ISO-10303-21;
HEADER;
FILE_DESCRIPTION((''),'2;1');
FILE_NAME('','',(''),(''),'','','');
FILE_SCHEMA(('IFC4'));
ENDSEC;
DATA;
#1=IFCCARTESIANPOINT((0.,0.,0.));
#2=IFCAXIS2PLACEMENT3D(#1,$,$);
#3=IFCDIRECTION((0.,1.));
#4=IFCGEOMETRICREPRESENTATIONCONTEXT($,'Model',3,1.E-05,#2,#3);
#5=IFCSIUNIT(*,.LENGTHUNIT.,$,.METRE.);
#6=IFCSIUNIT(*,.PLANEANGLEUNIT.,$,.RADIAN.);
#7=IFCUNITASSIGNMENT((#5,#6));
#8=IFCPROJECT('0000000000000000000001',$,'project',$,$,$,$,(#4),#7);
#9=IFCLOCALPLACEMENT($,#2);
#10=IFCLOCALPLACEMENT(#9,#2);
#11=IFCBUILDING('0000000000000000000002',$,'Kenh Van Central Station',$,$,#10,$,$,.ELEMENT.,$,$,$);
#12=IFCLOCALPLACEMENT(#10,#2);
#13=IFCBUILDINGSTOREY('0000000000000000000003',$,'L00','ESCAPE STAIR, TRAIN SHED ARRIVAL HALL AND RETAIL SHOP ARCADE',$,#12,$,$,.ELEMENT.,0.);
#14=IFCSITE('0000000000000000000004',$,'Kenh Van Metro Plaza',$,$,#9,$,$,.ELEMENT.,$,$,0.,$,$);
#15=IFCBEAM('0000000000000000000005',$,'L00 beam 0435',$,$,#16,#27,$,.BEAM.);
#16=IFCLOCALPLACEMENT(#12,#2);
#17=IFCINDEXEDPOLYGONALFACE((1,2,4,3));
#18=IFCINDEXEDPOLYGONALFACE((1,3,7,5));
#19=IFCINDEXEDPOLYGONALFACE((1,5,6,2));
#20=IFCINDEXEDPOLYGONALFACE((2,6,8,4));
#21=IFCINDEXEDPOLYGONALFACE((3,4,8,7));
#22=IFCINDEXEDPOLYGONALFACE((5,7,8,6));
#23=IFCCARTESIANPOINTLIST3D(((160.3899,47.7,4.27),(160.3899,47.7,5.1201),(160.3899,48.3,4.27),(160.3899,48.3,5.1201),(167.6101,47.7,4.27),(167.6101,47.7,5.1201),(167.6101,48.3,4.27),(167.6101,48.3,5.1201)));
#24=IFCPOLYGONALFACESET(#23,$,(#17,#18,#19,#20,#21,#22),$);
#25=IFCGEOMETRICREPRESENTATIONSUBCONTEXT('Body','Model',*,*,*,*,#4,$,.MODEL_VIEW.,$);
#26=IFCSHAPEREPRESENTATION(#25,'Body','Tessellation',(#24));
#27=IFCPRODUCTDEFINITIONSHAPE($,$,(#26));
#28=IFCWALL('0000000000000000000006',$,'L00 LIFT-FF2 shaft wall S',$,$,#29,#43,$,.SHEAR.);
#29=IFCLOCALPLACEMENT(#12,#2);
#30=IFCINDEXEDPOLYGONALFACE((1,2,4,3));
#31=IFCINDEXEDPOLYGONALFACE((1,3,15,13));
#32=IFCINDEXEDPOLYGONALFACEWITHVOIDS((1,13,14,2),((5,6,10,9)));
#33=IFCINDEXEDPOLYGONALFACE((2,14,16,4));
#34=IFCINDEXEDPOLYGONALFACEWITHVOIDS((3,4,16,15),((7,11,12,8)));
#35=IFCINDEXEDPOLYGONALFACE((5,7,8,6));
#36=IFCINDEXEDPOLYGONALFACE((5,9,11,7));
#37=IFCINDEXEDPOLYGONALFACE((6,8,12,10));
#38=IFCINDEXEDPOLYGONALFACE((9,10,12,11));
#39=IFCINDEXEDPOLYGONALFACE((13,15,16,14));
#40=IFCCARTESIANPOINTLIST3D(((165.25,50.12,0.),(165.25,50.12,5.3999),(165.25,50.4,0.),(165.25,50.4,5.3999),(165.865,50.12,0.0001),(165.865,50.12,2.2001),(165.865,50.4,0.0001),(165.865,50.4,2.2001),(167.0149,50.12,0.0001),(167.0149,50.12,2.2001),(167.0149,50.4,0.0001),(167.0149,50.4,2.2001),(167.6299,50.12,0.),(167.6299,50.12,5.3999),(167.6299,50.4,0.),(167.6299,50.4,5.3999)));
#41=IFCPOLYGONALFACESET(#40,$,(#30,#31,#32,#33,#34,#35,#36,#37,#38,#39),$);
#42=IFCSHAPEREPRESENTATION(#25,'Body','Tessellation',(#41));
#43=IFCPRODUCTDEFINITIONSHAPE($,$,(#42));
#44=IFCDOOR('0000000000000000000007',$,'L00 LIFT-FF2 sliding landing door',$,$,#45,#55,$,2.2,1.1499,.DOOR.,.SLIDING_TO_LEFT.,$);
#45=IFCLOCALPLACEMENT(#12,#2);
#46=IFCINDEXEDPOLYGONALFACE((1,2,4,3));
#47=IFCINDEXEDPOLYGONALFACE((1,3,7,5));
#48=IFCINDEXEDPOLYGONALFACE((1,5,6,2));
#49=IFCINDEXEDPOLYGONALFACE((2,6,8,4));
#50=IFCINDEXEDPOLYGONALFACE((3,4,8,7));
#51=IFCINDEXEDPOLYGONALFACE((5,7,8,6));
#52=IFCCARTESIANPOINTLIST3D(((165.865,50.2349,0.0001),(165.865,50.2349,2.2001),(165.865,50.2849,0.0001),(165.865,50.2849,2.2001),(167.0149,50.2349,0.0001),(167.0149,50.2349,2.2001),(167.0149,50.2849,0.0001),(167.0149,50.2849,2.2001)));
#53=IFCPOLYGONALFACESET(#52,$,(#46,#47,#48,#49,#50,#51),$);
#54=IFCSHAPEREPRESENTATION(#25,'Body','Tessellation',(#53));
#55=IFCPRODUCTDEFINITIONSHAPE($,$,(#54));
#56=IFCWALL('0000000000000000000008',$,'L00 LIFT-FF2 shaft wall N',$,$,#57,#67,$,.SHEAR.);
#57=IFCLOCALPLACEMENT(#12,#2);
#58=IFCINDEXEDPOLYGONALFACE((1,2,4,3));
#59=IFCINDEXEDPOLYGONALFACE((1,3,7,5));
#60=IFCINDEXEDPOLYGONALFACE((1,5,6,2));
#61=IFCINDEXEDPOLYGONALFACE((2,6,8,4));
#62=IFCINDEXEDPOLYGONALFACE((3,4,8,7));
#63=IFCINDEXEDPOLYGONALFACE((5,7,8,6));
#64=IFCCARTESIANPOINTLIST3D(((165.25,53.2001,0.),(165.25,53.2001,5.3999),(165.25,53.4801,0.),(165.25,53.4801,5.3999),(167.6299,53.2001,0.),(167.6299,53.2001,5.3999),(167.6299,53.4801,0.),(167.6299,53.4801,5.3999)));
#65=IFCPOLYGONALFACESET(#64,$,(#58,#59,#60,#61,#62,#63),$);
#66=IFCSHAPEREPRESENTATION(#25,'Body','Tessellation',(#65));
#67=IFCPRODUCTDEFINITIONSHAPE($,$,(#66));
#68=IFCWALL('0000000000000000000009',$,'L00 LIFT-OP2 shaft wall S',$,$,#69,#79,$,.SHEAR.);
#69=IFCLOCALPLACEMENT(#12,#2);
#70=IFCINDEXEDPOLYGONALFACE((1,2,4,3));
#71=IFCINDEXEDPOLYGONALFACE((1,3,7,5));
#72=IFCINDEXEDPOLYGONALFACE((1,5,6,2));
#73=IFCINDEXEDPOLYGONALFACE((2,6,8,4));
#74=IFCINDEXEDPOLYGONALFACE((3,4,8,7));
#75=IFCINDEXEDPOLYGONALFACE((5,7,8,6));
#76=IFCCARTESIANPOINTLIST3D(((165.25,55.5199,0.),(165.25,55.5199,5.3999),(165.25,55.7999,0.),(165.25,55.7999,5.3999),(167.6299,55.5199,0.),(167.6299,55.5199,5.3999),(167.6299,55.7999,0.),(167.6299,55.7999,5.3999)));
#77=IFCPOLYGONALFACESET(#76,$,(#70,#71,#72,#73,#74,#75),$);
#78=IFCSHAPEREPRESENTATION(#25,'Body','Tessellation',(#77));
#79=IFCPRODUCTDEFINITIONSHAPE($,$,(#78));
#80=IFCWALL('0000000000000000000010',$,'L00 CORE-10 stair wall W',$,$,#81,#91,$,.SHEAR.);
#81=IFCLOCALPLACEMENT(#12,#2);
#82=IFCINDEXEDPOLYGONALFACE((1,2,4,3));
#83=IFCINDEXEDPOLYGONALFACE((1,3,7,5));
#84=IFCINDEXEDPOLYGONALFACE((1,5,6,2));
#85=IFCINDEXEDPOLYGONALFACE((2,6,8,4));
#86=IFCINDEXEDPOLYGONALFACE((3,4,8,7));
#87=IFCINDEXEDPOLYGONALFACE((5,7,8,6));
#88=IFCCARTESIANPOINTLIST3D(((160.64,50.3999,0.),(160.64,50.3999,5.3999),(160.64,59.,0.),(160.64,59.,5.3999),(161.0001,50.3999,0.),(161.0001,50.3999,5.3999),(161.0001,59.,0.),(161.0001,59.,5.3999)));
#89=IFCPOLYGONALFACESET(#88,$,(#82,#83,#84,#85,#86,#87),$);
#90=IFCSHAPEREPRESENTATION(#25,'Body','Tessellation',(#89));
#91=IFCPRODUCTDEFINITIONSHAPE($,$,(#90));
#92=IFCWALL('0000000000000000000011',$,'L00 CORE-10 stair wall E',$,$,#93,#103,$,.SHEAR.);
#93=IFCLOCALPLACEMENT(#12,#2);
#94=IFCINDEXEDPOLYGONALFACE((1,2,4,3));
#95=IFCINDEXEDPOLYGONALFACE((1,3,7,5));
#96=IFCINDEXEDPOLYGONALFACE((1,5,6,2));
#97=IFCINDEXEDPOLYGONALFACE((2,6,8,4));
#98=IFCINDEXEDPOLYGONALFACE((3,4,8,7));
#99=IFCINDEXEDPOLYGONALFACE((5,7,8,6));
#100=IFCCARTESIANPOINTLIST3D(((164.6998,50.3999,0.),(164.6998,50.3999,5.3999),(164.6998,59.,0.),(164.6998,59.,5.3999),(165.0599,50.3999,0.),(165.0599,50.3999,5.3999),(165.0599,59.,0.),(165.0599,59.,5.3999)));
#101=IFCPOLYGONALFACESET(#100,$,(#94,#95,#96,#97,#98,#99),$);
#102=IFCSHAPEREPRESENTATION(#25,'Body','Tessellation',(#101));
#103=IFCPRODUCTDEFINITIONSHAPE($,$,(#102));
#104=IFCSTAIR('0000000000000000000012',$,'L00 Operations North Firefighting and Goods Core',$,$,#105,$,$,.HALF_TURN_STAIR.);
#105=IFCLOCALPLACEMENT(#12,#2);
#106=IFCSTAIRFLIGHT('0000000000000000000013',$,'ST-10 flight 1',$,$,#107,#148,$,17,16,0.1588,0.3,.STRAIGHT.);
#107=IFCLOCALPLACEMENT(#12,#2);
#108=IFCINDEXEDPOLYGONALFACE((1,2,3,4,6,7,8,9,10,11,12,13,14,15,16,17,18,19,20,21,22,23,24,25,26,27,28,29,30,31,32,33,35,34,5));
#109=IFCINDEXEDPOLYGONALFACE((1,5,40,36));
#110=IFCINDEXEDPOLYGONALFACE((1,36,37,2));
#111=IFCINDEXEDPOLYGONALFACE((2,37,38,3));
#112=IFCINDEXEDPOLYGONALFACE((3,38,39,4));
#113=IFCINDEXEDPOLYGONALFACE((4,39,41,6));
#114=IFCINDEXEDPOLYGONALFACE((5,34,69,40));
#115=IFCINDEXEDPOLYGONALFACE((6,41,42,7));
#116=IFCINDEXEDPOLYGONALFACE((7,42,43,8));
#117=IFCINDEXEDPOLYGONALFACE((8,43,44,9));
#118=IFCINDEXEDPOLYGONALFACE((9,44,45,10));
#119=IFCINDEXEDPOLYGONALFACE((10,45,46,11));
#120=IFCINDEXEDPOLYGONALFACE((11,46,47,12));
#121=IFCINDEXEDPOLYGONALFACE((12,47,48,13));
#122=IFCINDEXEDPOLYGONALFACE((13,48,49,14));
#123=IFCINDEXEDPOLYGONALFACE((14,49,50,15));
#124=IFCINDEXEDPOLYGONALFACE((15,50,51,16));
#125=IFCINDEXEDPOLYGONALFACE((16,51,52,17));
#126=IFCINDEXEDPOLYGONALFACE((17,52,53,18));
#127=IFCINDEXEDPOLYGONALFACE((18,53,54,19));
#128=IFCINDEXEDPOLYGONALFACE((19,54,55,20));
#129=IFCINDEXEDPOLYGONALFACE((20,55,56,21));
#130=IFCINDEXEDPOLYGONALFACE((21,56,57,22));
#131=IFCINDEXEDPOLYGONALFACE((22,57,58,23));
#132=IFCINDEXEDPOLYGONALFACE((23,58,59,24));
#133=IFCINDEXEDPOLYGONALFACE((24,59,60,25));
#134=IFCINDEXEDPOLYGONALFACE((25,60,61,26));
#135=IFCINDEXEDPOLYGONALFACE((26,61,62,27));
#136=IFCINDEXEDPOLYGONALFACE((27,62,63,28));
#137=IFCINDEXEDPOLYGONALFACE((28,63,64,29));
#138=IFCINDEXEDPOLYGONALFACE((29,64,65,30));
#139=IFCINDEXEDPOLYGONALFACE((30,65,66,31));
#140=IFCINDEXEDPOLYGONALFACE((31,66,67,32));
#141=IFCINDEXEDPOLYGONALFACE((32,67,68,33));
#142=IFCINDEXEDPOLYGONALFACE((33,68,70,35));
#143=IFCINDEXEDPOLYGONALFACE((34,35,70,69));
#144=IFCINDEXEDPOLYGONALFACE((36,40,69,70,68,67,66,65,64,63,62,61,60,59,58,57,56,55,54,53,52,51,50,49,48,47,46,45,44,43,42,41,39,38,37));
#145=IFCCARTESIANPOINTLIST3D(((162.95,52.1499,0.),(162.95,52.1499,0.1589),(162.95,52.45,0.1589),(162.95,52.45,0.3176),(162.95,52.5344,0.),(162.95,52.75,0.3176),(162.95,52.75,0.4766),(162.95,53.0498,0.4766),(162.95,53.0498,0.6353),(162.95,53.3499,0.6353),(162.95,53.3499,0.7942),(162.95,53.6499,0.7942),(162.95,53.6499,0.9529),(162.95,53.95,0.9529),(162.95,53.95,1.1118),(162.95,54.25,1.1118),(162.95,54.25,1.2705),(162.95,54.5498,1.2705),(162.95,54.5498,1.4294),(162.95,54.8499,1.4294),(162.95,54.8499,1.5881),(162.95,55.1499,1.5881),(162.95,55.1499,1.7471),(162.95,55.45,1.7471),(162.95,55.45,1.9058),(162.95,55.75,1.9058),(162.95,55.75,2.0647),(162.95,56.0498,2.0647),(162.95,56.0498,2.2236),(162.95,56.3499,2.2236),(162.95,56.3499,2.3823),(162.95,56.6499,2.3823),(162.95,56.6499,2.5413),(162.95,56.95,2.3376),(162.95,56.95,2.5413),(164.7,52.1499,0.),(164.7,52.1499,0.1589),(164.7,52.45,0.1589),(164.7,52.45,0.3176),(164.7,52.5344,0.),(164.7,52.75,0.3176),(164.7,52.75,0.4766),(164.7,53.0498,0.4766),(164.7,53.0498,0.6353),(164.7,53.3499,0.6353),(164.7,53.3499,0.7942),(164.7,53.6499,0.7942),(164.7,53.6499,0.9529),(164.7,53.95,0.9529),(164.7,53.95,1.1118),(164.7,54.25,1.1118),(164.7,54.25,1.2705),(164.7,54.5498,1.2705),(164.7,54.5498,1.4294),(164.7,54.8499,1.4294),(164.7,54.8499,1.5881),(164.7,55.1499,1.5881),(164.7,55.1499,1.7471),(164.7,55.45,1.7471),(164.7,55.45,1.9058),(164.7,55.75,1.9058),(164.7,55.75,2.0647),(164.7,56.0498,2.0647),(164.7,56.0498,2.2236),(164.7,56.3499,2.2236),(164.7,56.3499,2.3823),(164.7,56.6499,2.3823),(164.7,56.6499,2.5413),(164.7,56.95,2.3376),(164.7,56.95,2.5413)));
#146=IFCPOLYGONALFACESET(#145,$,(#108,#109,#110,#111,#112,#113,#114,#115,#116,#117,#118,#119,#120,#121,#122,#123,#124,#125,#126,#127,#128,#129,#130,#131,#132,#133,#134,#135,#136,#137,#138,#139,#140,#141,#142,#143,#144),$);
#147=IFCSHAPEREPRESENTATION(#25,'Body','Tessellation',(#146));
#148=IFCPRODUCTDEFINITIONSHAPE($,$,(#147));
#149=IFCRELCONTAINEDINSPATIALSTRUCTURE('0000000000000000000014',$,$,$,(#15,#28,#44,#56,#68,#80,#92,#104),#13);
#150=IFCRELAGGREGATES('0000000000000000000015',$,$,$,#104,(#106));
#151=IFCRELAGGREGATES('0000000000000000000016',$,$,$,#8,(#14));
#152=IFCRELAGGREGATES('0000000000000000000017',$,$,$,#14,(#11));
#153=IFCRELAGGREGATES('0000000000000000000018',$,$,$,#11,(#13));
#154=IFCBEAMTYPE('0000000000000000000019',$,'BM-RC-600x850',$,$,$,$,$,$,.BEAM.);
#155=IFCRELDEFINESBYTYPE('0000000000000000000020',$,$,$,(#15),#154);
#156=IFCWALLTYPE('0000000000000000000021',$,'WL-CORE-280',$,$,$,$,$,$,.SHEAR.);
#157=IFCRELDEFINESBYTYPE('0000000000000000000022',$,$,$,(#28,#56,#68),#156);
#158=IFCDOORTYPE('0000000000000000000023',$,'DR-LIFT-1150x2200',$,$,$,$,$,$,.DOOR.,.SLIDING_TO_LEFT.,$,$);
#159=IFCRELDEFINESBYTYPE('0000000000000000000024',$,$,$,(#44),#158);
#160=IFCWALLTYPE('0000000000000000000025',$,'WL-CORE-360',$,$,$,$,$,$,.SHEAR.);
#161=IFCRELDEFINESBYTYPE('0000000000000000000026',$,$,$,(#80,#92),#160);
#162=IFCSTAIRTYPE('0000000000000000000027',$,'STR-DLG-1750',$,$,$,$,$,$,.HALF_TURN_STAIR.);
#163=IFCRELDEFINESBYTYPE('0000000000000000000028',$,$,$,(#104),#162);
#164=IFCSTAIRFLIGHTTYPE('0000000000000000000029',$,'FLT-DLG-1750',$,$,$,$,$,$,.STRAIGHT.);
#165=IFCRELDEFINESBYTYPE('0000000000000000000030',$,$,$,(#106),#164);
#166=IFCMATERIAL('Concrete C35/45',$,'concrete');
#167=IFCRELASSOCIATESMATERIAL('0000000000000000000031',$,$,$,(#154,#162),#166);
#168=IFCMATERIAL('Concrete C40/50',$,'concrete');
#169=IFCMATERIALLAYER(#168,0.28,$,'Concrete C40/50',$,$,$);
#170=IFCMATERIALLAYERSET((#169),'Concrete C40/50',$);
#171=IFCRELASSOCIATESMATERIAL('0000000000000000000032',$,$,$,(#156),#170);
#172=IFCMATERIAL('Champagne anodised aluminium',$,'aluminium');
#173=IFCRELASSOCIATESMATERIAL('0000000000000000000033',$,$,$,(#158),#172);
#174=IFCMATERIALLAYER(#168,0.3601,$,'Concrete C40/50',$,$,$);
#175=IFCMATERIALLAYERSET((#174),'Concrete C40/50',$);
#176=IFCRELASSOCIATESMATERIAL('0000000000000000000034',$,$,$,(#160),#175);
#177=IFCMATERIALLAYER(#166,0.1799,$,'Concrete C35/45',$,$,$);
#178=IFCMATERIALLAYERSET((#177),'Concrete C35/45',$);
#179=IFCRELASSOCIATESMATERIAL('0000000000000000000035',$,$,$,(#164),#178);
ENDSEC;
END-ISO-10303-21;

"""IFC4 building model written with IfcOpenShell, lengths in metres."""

from ifc_helpers import new_model, si_unit, direction, frame, frame_2d, origin, origin_2d, place, context, subcontext, project, spatial, polyline, rectangle, outline, extrude, material, layer, layer_set, material_profile, profile_set, type_object, element, fill, aggregate, save


model = new_model("IFC4")

# Units and contexts
model_context = context("Model", 3, precision=1e-05, world=origin(), true_north=direction((0.0, 1.0)))
body_context = subcontext(model_context, "Body", "Model", "MODEL_VIEW")
ifc_project = project(units=[si_unit("LENGTHUNIT", "METRE"), si_unit("PLANEANGLEUNIT", "RADIAN")], contexts=[model_context])

# Site, building, storey
site_placement = place(None, origin())
site = spatial("IfcSite", under=ifc_project, at=site_placement, Name="Kenh Van Metro Plaza", CompositionType="ELEMENT", RefElevation=0.0)
building_placement = place(site_placement, origin())
building = spatial("IfcBuilding", under=site, at=building_placement, Name="Kenh Van Central Station", CompositionType="ELEMENT")
storey_placement = place(building_placement, origin())
storey = spatial("IfcBuildingStorey", under=building, at=storey_placement, Name="L00", Description="ESCAPE STAIR, TRAIN SHED ARRIVAL HALL AND RETAIL SHOP ARCADE", CompositionType="ELEMENT", Elevation=0.0)

# Beam
ifc_material_1 = material(Name="Concrete C35/45", Category="concrete")
ifc_material_profile = material_profile(ifc_material_1, rectangle(XDim=0.6001, YDim=0.8501, at=origin_2d()), Name="RC 600x850")
ifc_profile_set = profile_set([ifc_material_profile], Name="Concrete C35/45")
beam_type = type_object("IfcBeamType", Name="BM-RC-600x850", PredefinedType="BEAM", material=ifc_profile_set)
beam_placement = place(storey_placement, frame((160.3899, 48.0, 4.6951), z_axis=(1.0, 0.0, 0.0), x_axis=(0.0, 1.0, 0.0)))
element("IfcBeam", 1, at=beam_placement, inside=storey, type_object=beam_type, Name="L00 beam 0435", PredefinedType="BEAM", context=body_context, shape_type="SweptSolid", body=[
    extrude(rectangle(XDim=0.6001, YDim=0.8501, at=origin_2d()), origin(), (0.0, 0.0, 1.0), 7.2202),
])

# Wall, opening, door
ifc_material_2 = material(Name="Concrete C40/50", Category="concrete")
ifc_layer_1 = layer(ifc_material_2, 0.28, Name="Concrete C40/50")
ifc_layer_set_1 = layer_set([ifc_layer_1], Name="Concrete C40/50")
wall_type_1 = type_object("IfcWallType", Name="WL-CORE-280", PredefinedType="SHEAR", material=ifc_layer_set_1)
wall_1_placement = place(storey_placement, frame((165.25, 50.26, 0.0), z_axis=(0.0, 0.0, 1.0), x_axis=(1.0, 0.0, 0.0)))
wall_1 = element("IfcWall", 2, at=wall_1_placement, inside=storey, type_object=wall_type_1, Name="L00 LIFT-FF2 shaft wall S", PredefinedType="SHEAR", context=body_context, shape_type="SweptSolid", body=[
    extrude(rectangle(XDim=2.3799, YDim=0.28, at=frame_2d((1.1899, 0.0))), origin(), (0.0, 0.0, 1.0), 5.3999),
])
opening_1_placement = place(wall_1_placement, frame((0.615, 0.0, 0.0)))
opening_1 = element("IfcOpeningElement", 3, at=opening_1_placement, cuts=wall_1, PredefinedType="OPENING", context=body_context, shape_type="SweptSolid", body=[
    extrude(rectangle(XDim=1.1499, YDim=2.2, at=frame_2d((0.575, 1.1001))), frame((0.0, 0.1499, 0.0), z_axis=(0.0, -1.0, 0.0), x_axis=(1.0, 0.0, 0.0)), (0.0, 0.0, 1.0), 0.3),
])
ifc_material_3 = material(Name="Champagne anodised aluminium", Category="aluminium")
door_type_1 = type_object("IfcDoorType", Name="DR-LIFT-1150x2200", OperationType="SLIDING_TO_LEFT", PredefinedType="DOOR", material=ifc_material_3)
door_1_placement = place(opening_1_placement, origin())
door_1 = element("IfcDoor", 4, at=door_1_placement, inside=storey, type_object=door_type_1, Name="L00 LIFT-FF2 sliding landing door", OperationType="SLIDING_TO_LEFT", OverallHeight=2.2, OverallWidth=1.1499, PredefinedType="DOOR", context=body_context, shape_type="SweptSolid", body=[
    extrude(rectangle(XDim=1.1499, YDim=2.2, at=frame_2d((0.575, 1.1001))), frame((0.0, 0.0249, 0.0), z_axis=(0.0, -1.0, 0.0), x_axis=(1.0, 0.0, 0.0)), (0.0, 0.0, 1.0), 0.05),
])
fill(opening_1, door_1)

# Walls
for number, where, z_axis, x_axis, name in (
    (5, (165.25, 53.3401, 0.0), (0.0, 0.0, 1.0), (1.0, 0.0, 0.0), "L00 LIFT-FF2 shaft wall N"),
    (6, (165.25, 55.6599, 0.0), (0.0, 0.0, 1.0), (1.0, 0.0, 0.0), "L00 LIFT-OP2 shaft wall S"),
):
    element("IfcWall", number, at=place(storey_placement, frame(where, z_axis=z_axis, x_axis=x_axis)), inside=storey, type_object=wall_type_1, Name=name, PredefinedType="SHEAR", context=body_context, shape_type="SweptSolid", body=[
        extrude(rectangle(XDim=2.3799, YDim=0.28, at=frame_2d((1.1899, 0.0))), origin(), (0.0, 0.0, 1.0), 5.3999),
    ])

# Shared definitions
ifc_layer_2 = layer(ifc_material_2, 0.3601, Name="Concrete C40/50")
ifc_layer_set_2 = layer_set([ifc_layer_2], Name="Concrete C40/50")
wall_type_2 = type_object("IfcWallType", Name="WL-CORE-360", PredefinedType="SHEAR", material=ifc_layer_set_2)

# Walls
for number, where, z_axis, x_axis, name in (
    (7, (160.8201, 50.3999, 0.0), (0.0, 0.0, 1.0), (0.0, 1.0, 0.0), "L00 CORE-10 stair wall W"),
    (8, (164.8799, 50.3999, 0.0), (0.0, 0.0, 1.0), (0.0, 1.0, 0.0), "L00 CORE-10 stair wall E"),
):
    element("IfcWall", number, at=place(storey_placement, frame(where, z_axis=z_axis, x_axis=x_axis)), inside=storey, type_object=wall_type_2, Name=name, PredefinedType="SHEAR", context=body_context, shape_type="SweptSolid", body=[
        extrude(rectangle(XDim=8.6001, YDim=0.3601, at=frame_2d((4.3, 0.0))), origin(), (0.0, 0.0, 1.0), 5.3999),
    ])

# Stair, stair flight
stair_type = type_object("IfcStairType", Name="STR-DLG-1750", PredefinedType="HALF_TURN_STAIR", material=ifc_material_1)
stair_placement = place(storey_placement, origin())
stair = element("IfcStair", 9, at=stair_placement, inside=storey, type_object=stair_type, Name="L00 Operations North Firefighting and Goods Core", PredefinedType="HALF_TURN_STAIR")
ifc_layer_3 = layer(ifc_material_1, 0.1799, Name="Concrete C35/45")
ifc_layer_set_3 = layer_set([ifc_layer_3], Name="Concrete C35/45")
stair_flight_type = type_object("IfcStairFlightType", Name="FLT-DLG-1750", PredefinedType="STRAIGHT", material=ifc_layer_set_3)
stair_flight_1_placement = place(storey_placement, frame((163.825, 52.1499, 0.0), z_axis=(0.0, 0.0, 1.0), x_axis=(0.0, 1.0, 0.0)))
stair_flight_1 = element("IfcStairFlight", 10, at=stair_flight_1_placement, type_object=stair_flight_type, Name="ST-10 flight 1", NumberOfRisers=17, NumberOfTreads=16, PredefinedType="STRAIGHT", RiserHeight=0.1588, TreadLength=0.3, context=body_context, shape_type="SweptSolid", body=[
    extrude(outline(polyline([(0.0, 0.0), (0.0, 0.1589), (0.3, 0.1589), (0.3, 0.3176), (0.6001, 0.3176), (0.6001, 0.4766), (0.8999, 0.4766), (0.8999, 0.6353), (1.2, 0.6353), (1.2, 0.7942), (1.5, 0.7942), (1.5, 0.9529), (1.8, 0.9529), (1.8, 1.1118), (2.1001, 1.1118), (2.1001, 1.2705), (2.3999, 1.2705), (2.3999, 1.4294), (2.7, 1.4294), (2.7, 1.5881), (3.0, 1.5881), (3.0, 1.7471), (3.3, 1.7471), (3.3, 1.9058), (3.6001, 1.9058), (3.6001, 2.0647), (3.8999, 2.0647), (3.8999, 2.2236), (4.2, 2.2236), (4.2, 2.3823), (4.5, 2.3823), (4.5, 2.5413), (4.8, 2.5413), (4.8, 2.7), (4.8, 2.3376), (0.3845, 0.0), (0.0, 0.0)])), frame((0.0, 0.875, 0.0), z_axis=(0.0, -1.0, 0.0), x_axis=(1.0, 0.0, 0.0)), (0.0, 0.0, 1.0), 1.75),
])
aggregate(stair, [stair_flight_1])

save(model, "model.ifc")
